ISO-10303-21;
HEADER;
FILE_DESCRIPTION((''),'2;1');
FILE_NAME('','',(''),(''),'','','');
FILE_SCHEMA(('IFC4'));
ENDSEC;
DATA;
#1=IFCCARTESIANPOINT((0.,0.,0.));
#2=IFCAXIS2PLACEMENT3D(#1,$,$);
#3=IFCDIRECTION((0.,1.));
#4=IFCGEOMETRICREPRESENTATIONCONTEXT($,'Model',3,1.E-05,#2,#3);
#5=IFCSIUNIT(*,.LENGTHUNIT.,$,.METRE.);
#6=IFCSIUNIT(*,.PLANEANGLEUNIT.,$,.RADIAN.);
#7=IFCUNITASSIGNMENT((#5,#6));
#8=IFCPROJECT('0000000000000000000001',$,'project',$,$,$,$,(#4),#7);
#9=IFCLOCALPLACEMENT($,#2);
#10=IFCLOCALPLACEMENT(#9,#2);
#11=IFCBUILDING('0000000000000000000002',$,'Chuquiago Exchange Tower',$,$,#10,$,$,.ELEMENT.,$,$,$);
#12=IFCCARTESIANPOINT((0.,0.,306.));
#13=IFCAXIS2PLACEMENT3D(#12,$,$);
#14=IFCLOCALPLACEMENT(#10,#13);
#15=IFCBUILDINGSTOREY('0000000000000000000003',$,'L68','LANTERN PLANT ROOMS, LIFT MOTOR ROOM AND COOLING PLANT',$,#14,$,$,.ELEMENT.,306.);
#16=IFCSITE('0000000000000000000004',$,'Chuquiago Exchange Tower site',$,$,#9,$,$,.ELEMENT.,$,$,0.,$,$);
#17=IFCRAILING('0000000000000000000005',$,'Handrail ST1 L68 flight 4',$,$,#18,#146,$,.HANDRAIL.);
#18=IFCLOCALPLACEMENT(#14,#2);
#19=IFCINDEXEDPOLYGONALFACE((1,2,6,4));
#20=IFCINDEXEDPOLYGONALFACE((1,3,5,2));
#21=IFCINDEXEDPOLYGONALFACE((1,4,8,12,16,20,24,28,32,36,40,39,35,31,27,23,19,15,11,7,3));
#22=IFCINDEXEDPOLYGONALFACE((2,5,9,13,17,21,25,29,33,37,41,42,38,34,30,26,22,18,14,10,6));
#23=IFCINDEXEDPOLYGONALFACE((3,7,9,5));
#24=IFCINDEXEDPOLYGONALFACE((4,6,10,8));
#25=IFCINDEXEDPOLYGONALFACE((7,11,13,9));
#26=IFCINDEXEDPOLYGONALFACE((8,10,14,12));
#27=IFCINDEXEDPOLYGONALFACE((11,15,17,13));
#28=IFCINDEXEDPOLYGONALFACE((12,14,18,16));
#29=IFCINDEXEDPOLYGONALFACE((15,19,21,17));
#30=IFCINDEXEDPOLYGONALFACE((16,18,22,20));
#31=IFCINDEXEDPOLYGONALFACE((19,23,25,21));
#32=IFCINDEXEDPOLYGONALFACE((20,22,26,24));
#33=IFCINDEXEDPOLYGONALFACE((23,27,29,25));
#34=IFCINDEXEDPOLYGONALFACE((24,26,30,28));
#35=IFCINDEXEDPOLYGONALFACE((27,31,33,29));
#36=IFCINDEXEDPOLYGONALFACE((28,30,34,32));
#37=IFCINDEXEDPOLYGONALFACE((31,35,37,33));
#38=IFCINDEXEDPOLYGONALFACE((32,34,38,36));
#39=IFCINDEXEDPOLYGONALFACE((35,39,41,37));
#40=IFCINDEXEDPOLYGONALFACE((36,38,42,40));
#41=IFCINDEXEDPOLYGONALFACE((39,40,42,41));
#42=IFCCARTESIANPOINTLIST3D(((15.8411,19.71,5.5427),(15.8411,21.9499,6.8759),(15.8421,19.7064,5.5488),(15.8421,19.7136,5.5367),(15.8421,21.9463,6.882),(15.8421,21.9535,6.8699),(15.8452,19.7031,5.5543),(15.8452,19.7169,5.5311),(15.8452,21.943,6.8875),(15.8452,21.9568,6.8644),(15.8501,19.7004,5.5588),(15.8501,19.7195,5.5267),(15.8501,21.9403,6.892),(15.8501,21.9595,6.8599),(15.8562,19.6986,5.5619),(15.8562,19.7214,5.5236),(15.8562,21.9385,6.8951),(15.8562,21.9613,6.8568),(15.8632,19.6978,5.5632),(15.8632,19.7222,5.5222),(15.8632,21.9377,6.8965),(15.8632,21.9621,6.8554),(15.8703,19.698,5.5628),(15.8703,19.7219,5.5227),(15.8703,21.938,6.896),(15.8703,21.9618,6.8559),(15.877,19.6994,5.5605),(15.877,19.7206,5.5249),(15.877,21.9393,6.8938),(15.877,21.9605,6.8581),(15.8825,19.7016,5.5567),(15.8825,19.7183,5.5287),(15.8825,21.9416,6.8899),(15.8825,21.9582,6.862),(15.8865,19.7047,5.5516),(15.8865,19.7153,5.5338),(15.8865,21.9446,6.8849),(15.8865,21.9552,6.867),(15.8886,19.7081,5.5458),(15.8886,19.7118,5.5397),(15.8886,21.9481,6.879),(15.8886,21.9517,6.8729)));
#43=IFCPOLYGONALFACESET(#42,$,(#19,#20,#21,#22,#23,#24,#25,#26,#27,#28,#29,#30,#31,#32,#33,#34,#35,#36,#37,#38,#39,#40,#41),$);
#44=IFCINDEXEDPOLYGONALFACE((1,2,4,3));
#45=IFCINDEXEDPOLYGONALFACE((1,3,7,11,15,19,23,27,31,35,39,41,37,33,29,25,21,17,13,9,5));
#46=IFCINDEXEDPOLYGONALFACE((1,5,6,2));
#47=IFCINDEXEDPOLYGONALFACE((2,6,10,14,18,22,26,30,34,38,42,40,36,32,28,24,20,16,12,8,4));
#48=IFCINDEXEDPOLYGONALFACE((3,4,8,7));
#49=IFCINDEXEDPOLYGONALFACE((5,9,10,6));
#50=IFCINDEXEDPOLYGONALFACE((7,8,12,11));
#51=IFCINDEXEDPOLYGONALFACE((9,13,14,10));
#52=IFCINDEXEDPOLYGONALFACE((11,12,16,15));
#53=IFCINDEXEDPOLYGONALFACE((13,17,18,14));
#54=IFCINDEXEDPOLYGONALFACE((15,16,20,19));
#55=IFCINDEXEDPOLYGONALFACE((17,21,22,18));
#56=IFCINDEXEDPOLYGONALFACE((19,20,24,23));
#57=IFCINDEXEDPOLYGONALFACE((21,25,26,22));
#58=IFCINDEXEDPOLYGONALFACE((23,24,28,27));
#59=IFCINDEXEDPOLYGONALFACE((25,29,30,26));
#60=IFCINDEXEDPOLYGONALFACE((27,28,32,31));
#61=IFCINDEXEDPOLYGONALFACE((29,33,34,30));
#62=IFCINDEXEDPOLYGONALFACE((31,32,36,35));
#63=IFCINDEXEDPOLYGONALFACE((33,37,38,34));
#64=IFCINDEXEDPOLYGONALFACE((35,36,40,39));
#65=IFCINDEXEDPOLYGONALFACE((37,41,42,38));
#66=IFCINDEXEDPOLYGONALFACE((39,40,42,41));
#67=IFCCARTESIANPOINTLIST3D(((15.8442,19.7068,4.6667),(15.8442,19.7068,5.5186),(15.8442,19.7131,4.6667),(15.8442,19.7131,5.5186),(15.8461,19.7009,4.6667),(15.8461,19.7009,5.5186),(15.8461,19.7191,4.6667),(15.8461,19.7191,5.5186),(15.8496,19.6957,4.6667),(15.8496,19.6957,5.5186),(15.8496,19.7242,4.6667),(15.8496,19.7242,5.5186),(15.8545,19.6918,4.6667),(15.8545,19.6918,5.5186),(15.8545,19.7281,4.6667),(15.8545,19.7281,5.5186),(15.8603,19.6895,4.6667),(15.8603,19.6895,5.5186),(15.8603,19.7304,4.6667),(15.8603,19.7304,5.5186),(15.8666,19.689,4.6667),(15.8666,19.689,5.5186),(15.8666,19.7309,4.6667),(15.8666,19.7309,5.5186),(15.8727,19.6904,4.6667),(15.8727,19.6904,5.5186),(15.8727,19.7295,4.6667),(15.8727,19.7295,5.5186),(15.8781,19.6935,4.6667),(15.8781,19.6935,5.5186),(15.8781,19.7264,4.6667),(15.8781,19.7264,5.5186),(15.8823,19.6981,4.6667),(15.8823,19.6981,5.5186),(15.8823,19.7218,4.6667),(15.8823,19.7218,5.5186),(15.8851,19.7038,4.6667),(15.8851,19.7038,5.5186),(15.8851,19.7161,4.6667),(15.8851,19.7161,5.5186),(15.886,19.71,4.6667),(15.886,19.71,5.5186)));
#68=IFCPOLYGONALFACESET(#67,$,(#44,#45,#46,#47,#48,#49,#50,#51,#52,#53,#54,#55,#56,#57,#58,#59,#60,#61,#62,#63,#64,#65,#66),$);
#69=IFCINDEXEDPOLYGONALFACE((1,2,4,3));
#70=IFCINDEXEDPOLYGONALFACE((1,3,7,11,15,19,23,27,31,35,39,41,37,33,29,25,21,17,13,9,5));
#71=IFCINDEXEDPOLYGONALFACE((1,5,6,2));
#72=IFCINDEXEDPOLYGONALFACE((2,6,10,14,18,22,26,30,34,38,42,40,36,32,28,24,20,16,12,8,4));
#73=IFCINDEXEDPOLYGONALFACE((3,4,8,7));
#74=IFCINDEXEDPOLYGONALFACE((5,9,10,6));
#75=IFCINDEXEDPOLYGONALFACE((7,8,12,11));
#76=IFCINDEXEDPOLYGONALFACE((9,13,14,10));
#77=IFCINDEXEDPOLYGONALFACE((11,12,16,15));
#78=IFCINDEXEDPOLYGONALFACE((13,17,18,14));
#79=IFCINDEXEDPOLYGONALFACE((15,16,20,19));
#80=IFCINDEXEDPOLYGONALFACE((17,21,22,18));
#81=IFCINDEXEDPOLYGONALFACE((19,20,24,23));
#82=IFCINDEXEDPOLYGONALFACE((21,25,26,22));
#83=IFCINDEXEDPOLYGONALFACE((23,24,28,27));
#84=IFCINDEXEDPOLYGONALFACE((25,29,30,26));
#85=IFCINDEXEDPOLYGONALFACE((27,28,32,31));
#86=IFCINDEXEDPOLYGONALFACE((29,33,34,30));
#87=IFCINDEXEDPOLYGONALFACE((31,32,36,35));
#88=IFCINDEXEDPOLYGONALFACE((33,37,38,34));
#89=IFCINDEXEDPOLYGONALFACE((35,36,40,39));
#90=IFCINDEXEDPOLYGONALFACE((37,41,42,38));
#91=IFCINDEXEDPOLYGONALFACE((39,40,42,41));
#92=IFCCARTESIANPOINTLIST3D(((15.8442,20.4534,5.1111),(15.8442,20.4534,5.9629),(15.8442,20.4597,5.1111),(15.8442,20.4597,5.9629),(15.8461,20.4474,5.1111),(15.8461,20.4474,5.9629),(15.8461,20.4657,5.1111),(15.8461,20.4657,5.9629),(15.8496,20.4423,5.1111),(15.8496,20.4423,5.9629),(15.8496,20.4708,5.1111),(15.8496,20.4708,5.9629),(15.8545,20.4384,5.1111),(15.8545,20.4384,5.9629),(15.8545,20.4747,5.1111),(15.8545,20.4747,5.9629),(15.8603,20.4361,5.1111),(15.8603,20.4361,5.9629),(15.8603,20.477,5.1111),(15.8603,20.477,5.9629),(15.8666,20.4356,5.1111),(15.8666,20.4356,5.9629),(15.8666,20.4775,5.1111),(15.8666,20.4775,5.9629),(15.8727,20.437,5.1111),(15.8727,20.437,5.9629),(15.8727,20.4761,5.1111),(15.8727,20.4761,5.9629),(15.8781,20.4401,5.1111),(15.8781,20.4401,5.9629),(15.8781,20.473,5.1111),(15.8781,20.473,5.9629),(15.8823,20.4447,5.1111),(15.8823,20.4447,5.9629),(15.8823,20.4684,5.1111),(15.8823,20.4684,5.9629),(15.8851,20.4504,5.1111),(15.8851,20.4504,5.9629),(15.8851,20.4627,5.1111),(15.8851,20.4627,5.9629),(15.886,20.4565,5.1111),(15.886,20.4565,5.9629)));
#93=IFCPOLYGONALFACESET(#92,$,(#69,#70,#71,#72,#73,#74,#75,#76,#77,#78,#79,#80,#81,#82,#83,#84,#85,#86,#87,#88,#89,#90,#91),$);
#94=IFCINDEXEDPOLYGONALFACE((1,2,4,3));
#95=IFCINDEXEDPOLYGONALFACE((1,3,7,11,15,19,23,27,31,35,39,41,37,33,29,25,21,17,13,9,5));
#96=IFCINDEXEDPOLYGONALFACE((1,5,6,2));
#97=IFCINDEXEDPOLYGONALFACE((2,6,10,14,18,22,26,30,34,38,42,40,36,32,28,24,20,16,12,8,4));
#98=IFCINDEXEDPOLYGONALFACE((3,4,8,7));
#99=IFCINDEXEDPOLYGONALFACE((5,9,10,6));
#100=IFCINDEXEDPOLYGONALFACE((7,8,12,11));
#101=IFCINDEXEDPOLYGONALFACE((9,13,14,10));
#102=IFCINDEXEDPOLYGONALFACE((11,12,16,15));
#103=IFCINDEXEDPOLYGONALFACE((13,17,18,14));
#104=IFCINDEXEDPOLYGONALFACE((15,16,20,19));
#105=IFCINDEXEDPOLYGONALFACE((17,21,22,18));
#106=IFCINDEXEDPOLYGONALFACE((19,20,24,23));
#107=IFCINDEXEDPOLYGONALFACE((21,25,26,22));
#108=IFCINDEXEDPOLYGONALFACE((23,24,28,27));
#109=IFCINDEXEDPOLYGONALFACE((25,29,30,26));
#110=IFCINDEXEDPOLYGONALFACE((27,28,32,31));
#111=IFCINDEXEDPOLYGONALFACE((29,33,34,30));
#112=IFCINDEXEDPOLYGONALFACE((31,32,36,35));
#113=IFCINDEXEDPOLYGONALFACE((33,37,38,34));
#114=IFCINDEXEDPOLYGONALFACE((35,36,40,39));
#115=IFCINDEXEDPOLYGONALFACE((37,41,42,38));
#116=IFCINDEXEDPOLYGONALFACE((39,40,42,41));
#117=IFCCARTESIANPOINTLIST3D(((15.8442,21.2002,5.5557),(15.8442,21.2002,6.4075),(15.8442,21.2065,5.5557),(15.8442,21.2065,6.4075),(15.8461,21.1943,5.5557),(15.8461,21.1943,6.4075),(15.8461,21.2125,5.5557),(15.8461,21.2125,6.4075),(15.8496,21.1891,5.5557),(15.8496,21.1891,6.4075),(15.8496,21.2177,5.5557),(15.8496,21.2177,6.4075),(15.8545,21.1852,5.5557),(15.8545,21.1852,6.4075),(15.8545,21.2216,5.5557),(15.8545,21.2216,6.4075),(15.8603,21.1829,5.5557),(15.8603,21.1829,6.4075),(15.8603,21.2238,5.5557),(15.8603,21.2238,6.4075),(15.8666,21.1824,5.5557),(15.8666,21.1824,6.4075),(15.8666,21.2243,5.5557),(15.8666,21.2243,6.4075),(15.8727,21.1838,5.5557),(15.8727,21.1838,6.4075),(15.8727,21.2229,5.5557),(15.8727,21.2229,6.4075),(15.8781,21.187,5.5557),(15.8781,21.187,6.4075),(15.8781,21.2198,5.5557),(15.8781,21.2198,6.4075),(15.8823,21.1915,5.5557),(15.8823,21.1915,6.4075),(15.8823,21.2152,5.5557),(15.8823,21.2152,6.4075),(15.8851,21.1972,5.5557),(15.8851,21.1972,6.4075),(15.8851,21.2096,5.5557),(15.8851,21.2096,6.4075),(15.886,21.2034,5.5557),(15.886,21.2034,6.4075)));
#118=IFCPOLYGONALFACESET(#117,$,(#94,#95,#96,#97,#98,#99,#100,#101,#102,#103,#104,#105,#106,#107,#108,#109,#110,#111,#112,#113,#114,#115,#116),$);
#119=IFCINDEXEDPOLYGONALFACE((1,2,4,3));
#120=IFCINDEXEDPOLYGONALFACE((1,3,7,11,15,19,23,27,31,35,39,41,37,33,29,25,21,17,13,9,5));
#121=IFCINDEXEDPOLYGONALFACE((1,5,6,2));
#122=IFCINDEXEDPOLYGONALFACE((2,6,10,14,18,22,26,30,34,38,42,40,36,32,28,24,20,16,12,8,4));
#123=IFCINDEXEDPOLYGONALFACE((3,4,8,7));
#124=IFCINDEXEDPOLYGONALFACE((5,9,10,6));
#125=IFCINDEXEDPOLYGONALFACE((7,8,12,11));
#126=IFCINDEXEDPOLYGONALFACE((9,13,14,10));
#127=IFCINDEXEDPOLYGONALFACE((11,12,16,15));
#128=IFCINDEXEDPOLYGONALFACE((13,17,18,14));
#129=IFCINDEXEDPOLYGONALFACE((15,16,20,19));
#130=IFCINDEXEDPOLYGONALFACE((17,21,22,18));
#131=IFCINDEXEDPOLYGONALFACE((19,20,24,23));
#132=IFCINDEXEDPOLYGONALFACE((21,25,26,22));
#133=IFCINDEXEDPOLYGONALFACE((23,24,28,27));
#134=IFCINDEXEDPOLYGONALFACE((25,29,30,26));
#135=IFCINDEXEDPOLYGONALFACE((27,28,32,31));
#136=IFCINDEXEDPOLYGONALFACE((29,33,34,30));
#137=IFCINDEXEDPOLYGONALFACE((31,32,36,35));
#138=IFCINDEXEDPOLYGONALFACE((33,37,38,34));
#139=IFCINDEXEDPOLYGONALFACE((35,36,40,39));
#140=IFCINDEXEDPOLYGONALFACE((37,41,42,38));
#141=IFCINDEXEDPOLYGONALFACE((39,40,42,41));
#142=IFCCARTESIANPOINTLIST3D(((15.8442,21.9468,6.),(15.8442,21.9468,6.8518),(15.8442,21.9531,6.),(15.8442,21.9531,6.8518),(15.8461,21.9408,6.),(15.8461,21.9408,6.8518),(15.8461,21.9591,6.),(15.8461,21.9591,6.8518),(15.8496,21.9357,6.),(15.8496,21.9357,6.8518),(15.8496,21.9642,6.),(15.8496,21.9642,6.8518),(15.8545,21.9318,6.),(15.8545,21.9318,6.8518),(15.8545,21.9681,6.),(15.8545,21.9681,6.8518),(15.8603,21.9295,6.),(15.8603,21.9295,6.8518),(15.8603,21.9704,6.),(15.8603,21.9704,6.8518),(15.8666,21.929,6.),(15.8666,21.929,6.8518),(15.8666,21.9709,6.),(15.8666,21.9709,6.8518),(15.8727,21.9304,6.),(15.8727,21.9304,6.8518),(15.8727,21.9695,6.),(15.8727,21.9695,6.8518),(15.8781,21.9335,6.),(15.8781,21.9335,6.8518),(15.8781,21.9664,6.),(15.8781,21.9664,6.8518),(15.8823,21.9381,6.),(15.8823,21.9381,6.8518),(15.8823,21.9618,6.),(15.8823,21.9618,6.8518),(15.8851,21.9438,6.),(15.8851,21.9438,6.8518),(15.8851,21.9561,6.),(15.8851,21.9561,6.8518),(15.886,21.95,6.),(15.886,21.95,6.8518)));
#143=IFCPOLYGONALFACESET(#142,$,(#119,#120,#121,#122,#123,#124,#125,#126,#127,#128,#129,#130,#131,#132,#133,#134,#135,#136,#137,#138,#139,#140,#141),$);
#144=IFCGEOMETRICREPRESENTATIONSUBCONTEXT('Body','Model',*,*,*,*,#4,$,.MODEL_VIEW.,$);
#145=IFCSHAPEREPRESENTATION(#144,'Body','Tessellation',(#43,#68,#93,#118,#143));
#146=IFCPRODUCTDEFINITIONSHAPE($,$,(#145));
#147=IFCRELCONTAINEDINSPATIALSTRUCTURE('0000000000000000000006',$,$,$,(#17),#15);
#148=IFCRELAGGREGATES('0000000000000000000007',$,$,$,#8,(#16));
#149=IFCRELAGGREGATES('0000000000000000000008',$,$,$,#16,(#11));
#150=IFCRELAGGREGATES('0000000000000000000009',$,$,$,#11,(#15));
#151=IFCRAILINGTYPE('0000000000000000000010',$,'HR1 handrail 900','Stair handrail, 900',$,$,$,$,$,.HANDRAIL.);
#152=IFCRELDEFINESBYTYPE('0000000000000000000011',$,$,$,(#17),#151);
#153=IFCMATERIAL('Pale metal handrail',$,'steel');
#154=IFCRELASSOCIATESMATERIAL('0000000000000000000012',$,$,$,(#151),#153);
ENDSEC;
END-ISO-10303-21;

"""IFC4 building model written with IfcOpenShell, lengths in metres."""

from ifc_helpers import new_model, si_unit, direction, frame, origin, origin_2d, place, context, subcontext, project, spatial, circle, extrude, material, type_object, element, save


model = new_model("IFC4")

# Units and contexts
model_context = context("Model", 3, precision=1e-05, world=origin(), true_north=direction((0.0, 1.0)))
body_context = subcontext(model_context, "Body", "Model", "MODEL_VIEW")
ifc_project = project(units=[si_unit("LENGTHUNIT", "METRE"), si_unit("PLANEANGLEUNIT", "RADIAN")], contexts=[model_context])

# Site, building, storey
site_placement = place(None, origin())
site = spatial("IfcSite", under=ifc_project, at=site_placement, Name="Chuquiago Exchange Tower site", CompositionType="ELEMENT", RefElevation=0.0)
building_placement = place(site_placement, origin())
building = spatial("IfcBuilding", under=site, at=building_placement, Name="Chuquiago Exchange Tower", CompositionType="ELEMENT")
storey_placement = place(building_placement, frame((0.0, 0.0, 306.0)))
storey = spatial("IfcBuildingStorey", under=building, at=storey_placement, Name="L68", Description="LANTERN PLANT ROOMS, LIFT MOTOR ROOM AND COOLING PLANT", CompositionType="ELEMENT", Elevation=306.0)

# Railing
ifc_material_1 = material(Name="Pale metal handrail", Category="steel")
railing_type_1 = type_object("IfcRailingType", Name="HR1 handrail 900", Description="Stair handrail, 900", PredefinedType="HANDRAIL", material=ifc_material_1)
for number, where, name in (
    (1, (15.865, 19.71, 4.6667), "Handrail ST1 L68 flight 4"),
):
    element("IfcRailing", number, at=place(storey_placement, frame(where)), inside=storey, type_object=railing_type_1, Name=name, PredefinedType="HANDRAIL", context=body_context, shape_type="SweptSolid", body=[
        extrude(circle(Radius=0.0239, at=origin_2d()), frame((0.0, 0.0, 0.876), z_axis=(0.0, 0.859306, 0.511462), x_axis=(-1.0, 0.0, 0.0)), (0.0, 0.0, 1.0), 2.6067),
        extrude(circle(Radius=0.021, at=origin_2d()), origin(), (0.0, 0.0, 1.0), 0.8518),
        extrude(circle(Radius=0.021, at=origin_2d()), frame((0.0, 0.7466, 0.4443)), (0.0, 0.0, 1.0), 0.8518),
        extrude(circle(Radius=0.021, at=origin_2d()), frame((0.0, 1.4934, 0.8889)), (0.0, 0.0, 1.0), 0.8518),
        extrude(circle(Radius=0.021, at=origin_2d()), frame((0.0, 2.24, 1.3333)), (0.0, 0.0, 1.0), 0.8518),
    ])

save(model, "model.ifc")
